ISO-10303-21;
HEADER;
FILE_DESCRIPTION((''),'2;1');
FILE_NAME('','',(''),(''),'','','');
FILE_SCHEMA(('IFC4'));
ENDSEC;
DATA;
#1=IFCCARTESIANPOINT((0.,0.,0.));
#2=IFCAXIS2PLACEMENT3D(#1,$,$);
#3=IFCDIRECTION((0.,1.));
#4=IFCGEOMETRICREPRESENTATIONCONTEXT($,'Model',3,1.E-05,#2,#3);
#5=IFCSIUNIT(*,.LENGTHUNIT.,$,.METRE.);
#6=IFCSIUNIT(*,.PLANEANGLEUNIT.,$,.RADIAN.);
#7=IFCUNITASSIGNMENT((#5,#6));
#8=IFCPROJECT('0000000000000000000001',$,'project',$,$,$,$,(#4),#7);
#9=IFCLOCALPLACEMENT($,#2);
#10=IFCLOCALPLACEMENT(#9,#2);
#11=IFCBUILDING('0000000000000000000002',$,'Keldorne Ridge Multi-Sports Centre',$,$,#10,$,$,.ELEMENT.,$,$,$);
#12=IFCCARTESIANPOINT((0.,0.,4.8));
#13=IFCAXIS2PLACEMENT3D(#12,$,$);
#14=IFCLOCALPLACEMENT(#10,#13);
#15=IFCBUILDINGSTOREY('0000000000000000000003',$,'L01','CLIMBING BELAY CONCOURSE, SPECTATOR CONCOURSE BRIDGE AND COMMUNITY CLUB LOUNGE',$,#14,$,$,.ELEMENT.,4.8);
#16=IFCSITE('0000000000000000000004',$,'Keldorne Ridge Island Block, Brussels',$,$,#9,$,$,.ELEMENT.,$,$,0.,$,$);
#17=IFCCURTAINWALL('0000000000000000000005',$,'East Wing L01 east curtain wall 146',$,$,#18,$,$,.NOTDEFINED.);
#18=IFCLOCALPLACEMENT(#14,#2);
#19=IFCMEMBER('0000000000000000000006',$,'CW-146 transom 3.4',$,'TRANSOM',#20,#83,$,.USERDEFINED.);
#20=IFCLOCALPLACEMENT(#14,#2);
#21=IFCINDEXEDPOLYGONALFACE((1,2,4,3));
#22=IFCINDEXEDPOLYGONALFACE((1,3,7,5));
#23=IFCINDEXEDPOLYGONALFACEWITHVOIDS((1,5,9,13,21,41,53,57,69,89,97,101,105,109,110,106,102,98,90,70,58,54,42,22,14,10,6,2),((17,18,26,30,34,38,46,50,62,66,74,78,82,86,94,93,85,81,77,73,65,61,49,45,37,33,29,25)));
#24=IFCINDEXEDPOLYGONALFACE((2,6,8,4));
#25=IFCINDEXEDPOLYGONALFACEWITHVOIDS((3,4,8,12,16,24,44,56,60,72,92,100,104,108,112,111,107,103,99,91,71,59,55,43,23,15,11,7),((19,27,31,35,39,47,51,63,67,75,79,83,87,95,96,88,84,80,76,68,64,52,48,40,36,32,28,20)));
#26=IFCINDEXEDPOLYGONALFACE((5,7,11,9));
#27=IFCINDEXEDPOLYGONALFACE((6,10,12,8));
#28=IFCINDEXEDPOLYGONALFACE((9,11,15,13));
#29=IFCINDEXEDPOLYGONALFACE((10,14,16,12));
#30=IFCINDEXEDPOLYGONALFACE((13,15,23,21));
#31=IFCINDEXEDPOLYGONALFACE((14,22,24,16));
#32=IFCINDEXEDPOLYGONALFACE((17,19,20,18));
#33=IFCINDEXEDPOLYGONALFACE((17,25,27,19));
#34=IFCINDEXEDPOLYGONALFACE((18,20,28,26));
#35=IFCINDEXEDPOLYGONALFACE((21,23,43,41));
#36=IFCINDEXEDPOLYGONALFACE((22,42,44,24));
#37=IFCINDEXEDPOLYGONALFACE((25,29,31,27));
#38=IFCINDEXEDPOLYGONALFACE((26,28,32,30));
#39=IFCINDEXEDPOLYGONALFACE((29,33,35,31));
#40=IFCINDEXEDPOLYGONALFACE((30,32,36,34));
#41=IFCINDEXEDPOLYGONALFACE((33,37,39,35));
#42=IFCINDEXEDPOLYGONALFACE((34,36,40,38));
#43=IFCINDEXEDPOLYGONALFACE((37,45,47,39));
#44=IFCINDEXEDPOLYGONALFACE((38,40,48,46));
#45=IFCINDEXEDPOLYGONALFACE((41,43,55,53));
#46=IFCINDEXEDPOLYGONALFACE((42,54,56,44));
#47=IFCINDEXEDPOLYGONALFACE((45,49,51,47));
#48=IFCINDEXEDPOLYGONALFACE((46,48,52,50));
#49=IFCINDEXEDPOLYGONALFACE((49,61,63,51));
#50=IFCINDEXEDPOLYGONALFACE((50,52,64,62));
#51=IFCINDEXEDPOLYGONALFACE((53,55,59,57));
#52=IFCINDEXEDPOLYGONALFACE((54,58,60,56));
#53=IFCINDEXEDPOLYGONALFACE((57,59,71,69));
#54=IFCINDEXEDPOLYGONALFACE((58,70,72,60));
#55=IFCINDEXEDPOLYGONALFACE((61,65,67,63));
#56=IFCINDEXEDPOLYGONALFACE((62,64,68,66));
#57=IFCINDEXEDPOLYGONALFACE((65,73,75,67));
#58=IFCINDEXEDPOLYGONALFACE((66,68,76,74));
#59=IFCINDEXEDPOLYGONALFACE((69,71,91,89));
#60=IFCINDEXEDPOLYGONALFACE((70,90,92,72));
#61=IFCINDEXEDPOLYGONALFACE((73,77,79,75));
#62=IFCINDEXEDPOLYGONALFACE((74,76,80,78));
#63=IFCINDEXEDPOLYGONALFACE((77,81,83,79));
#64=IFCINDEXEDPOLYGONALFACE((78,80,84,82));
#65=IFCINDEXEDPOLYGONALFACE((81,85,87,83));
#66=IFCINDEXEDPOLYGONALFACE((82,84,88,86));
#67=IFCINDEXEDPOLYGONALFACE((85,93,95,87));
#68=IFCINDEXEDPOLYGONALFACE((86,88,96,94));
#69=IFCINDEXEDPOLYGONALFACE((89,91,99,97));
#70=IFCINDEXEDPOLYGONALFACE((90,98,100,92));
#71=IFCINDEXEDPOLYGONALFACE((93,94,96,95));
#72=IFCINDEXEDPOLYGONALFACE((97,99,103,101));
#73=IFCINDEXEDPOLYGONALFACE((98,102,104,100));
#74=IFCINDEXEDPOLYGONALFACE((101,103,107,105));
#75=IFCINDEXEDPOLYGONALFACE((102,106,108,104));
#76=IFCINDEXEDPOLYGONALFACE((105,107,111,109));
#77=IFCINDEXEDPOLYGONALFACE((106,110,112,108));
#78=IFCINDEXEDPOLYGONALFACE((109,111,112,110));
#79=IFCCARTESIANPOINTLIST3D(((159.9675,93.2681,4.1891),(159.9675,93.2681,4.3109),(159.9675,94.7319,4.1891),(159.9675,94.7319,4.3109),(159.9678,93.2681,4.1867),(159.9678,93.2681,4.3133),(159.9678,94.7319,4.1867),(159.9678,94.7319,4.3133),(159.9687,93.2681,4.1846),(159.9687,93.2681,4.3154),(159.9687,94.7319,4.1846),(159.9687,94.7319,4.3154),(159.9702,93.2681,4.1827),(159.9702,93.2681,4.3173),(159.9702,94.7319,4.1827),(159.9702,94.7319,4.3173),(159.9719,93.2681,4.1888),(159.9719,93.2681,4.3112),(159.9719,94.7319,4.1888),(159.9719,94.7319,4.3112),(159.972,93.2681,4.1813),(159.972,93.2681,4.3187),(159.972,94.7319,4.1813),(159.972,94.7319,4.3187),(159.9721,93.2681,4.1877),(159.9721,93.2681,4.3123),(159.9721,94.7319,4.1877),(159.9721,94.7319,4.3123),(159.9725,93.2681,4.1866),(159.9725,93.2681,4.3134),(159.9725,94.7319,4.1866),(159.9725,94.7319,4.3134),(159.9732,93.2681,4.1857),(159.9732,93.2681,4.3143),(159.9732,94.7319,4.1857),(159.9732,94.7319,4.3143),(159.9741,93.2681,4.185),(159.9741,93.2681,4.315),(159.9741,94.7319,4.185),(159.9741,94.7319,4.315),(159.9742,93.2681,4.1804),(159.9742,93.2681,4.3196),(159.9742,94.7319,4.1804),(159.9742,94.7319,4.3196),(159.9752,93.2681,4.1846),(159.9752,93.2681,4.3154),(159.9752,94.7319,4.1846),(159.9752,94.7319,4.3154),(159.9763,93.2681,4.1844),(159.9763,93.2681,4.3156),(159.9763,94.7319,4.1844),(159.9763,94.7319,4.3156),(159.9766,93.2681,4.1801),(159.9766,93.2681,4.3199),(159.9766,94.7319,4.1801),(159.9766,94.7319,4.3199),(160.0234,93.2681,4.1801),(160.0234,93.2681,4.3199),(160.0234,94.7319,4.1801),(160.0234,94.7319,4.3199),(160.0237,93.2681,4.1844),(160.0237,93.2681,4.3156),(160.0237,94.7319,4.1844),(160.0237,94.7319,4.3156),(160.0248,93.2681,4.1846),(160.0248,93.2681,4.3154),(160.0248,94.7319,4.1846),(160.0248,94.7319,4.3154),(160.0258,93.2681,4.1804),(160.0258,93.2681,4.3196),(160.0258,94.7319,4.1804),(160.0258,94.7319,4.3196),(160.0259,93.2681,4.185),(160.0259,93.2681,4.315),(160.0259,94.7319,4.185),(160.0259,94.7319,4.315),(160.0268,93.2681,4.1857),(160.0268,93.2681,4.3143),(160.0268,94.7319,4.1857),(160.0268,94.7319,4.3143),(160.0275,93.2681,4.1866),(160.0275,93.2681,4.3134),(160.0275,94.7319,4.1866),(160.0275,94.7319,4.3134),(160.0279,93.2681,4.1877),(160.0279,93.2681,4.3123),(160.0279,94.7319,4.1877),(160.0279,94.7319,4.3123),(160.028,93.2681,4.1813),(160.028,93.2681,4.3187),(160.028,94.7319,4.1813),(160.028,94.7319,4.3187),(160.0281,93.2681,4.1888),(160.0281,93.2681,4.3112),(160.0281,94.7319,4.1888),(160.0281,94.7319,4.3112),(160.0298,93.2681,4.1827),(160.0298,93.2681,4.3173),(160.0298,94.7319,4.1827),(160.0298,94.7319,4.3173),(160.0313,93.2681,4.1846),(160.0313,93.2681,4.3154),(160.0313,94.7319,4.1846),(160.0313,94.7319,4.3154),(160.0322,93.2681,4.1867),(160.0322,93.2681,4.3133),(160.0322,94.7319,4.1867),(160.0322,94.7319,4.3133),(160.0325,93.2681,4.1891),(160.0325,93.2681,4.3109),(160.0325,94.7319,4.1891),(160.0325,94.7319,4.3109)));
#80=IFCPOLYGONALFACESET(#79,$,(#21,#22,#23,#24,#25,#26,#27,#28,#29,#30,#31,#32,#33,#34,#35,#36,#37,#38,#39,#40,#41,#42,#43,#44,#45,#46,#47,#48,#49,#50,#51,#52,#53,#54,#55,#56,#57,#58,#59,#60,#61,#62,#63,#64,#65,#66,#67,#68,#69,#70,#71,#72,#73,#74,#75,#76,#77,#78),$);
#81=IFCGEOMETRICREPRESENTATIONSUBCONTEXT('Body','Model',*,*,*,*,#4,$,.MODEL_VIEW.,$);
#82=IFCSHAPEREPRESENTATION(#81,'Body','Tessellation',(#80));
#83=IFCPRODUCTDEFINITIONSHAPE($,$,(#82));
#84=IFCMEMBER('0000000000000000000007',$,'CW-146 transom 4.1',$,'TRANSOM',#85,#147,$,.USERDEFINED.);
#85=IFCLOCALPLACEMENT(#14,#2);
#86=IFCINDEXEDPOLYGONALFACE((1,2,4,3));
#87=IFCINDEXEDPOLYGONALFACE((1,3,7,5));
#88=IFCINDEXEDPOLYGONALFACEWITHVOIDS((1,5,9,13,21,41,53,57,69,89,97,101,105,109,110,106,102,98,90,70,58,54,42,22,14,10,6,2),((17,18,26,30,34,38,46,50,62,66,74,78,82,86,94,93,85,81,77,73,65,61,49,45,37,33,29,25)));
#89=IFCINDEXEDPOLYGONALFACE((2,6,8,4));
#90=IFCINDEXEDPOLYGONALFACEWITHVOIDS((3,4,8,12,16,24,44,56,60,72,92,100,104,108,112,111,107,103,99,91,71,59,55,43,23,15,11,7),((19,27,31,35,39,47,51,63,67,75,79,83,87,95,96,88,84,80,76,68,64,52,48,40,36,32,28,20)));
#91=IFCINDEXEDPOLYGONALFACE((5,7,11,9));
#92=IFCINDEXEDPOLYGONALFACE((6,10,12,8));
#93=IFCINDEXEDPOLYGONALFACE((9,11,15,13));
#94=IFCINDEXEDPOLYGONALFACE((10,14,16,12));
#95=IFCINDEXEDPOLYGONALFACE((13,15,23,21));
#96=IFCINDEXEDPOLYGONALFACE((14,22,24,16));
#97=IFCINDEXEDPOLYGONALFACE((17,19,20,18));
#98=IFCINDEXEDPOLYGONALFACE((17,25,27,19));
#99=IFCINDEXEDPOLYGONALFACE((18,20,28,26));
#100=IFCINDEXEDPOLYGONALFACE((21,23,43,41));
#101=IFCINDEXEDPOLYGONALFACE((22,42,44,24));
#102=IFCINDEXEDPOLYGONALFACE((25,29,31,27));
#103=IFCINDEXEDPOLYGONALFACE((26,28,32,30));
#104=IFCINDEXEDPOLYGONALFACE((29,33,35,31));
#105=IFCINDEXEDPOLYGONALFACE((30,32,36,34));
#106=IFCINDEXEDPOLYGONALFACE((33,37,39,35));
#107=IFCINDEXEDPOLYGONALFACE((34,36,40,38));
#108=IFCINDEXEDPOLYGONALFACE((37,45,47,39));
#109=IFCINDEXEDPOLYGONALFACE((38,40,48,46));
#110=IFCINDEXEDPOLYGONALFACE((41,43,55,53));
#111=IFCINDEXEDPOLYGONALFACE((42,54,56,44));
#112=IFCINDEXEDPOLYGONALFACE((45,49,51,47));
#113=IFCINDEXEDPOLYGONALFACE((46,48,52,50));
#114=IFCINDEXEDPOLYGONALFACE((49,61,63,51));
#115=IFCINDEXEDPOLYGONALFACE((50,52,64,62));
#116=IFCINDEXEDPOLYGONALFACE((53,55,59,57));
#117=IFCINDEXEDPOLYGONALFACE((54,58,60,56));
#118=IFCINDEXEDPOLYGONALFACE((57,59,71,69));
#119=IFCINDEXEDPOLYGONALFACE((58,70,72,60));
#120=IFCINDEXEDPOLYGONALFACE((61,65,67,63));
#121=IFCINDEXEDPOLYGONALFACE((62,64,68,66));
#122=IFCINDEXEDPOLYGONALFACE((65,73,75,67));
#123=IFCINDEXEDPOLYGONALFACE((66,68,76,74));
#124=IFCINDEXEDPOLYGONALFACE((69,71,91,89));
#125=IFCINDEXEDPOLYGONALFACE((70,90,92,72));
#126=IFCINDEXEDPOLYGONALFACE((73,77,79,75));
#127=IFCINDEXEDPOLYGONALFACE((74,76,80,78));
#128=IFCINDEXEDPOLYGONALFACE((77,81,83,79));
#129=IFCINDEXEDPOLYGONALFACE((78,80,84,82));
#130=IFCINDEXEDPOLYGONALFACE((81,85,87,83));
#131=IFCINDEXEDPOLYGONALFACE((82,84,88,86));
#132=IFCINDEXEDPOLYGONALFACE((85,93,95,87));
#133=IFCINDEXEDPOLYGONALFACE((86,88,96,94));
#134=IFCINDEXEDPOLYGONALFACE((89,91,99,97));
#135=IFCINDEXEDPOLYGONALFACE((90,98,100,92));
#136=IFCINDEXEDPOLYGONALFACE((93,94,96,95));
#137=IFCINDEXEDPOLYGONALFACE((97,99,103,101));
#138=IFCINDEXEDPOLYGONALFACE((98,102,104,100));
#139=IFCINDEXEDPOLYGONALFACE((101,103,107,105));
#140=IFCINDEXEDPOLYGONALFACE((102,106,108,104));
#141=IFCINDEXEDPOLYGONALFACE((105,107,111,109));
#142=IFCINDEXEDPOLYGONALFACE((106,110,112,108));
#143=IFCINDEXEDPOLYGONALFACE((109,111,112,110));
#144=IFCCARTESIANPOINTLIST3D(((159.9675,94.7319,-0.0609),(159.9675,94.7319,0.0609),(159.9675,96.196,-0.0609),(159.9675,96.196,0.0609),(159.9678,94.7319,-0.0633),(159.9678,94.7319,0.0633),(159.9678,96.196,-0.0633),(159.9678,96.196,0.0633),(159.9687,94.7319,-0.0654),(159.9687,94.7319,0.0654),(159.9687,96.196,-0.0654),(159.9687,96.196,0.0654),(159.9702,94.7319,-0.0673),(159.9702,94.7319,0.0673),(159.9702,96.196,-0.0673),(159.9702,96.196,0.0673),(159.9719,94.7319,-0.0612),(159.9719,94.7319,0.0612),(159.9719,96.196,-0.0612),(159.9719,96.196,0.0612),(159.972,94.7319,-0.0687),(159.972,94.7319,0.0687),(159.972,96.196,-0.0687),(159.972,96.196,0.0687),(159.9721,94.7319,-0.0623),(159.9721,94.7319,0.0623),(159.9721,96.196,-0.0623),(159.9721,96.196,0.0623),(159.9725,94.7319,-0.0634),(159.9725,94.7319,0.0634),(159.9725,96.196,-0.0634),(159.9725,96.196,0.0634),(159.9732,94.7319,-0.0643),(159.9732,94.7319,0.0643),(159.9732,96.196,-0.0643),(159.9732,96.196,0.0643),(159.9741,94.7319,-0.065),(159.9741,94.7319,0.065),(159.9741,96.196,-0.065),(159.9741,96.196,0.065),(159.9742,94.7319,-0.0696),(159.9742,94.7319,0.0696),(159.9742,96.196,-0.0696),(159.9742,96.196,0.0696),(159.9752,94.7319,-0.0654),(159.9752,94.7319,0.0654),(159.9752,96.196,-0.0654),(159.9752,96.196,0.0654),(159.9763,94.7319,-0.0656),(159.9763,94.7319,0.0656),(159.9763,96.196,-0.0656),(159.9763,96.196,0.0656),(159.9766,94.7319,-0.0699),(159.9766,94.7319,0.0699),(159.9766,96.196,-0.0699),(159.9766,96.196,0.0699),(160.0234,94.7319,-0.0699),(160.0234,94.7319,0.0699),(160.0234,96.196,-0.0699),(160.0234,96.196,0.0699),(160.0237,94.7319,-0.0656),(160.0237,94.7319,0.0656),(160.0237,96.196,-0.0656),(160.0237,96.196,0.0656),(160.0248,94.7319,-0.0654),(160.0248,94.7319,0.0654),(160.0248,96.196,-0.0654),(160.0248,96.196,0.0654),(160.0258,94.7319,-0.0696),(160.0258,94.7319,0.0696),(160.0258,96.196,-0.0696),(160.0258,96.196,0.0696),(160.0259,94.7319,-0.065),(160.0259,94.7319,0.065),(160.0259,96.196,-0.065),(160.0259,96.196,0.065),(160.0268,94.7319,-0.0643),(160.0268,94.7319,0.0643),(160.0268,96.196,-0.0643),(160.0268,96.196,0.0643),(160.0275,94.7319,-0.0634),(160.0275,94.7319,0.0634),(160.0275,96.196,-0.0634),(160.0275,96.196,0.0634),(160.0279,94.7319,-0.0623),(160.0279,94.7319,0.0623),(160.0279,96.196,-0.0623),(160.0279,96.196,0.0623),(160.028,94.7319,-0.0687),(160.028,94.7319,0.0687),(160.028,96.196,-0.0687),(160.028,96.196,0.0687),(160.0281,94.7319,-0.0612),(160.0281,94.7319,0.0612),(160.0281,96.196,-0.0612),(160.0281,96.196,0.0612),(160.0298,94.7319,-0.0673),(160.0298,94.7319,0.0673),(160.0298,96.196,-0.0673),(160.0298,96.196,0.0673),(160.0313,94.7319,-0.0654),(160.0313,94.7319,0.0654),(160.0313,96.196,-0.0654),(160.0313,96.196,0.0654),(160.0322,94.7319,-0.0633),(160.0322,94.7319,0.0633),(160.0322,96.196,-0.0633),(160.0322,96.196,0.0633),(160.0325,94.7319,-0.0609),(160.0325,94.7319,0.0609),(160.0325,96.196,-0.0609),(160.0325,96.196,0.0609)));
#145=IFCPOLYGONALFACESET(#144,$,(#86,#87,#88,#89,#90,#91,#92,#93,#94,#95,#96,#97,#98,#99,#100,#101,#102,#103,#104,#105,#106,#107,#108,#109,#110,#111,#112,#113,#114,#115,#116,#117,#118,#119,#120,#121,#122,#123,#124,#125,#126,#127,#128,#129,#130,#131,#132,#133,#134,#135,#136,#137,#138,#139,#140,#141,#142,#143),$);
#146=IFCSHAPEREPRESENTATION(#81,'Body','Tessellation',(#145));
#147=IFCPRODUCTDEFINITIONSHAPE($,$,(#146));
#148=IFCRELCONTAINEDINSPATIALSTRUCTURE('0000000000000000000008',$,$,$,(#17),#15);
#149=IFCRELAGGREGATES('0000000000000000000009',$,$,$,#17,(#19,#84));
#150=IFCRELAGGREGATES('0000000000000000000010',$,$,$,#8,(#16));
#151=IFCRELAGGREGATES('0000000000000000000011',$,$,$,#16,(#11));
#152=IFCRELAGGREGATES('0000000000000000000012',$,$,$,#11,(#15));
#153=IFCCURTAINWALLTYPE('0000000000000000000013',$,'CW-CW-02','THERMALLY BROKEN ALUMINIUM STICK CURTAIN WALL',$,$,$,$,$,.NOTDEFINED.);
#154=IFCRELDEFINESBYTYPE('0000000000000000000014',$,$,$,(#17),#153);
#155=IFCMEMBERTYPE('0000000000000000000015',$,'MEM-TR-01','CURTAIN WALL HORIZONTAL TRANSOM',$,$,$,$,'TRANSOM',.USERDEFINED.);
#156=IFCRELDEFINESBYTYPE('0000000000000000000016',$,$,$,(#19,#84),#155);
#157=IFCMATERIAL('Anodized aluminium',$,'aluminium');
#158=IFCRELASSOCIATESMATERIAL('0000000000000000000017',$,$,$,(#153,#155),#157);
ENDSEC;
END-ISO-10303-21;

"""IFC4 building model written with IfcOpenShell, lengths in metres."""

from ifc_helpers import new_model, si_unit, direction, frame, origin, origin_2d, place, context, subcontext, project, spatial, hollow_rectangle, extrude, material, material_profile, profile_set, type_object, element, aggregate, save


model = new_model("IFC4")

# Units and contexts
model_context = context("Model", 3, precision=1e-05, world=origin(), true_north=direction((0.0, 1.0)))
body_context = subcontext(model_context, "Body", "Model", "MODEL_VIEW")
ifc_project = project(units=[si_unit("LENGTHUNIT", "METRE"), si_unit("PLANEANGLEUNIT", "RADIAN")], contexts=[model_context])

# Site, building, storey
site_placement = place(None, origin())
site = spatial("IfcSite", under=ifc_project, at=site_placement, Name="Keldorne Ridge Island Block, Brussels", CompositionType="ELEMENT", RefElevation=0.0)
building_placement = place(site_placement, origin())
building = spatial("IfcBuilding", under=site, at=building_placement, Name="Keldorne Ridge Multi-Sports Centre", CompositionType="ELEMENT")
storey_placement = place(building_placement, frame((0.0, 0.0, 4.8)))
storey = spatial("IfcBuildingStorey", under=building, at=storey_placement, Name="L01", Description="CLIMBING BELAY CONCOURSE, SPECTATOR CONCOURSE BRIDGE AND COMMUNITY CLUB LOUNGE", CompositionType="ELEMENT", Elevation=4.8)

# Curtain wall, members
ifc_material_1 = material(Name="Anodized aluminium", Category="aluminium")
curtain_wall_type = type_object("IfcCurtainWallType", Name="CW-CW-02", Description="THERMALLY BROKEN ALUMINIUM STICK CURTAIN WALL", PredefinedType="NOTDEFINED", material=ifc_material_1)
curtain_wall_placement = place(storey_placement, origin())
curtain_wall = element("IfcCurtainWall", 1, at=curtain_wall_placement, inside=storey, type_object=curtain_wall_type, Name="East Wing L01 east curtain wall 146", PredefinedType="NOTDEFINED")
ifc_material_profile_1 = material_profile(ifc_material_1, hollow_rectangle(XDim=0.0649, YDim=0.1399, WallThickness=0.0044, InnerFilletRadius=0.0044, OuterFilletRadius=0.009, at=origin_2d()), Name="ALU TRANSOM 140x65x4.5")
ifc_profile_set_1 = profile_set([ifc_material_profile_1], Name="Anodized aluminium")
member_type_1 = type_object("IfcMemberType", Name="MEM-TR-01", Description="CURTAIN WALL HORIZONTAL TRANSOM", ElementType="TRANSOM", PredefinedType="USERDEFINED", material=ifc_profile_set_1)
member_1_placement = place(storey_placement, frame((160.0, 93.2681, 4.25), z_axis=(0.0, 1.0, 0.0), x_axis=(-1.0, 0.0, 0.0)))
member_1 = element("IfcMember", 2, at=member_1_placement, type_object=member_type_1, Name="CW-146 transom 3.4", ObjectType="TRANSOM", PredefinedType="USERDEFINED", context=body_context, shape_type="SweptSolid", body=[
    extrude(hollow_rectangle(XDim=0.0649, YDim=0.1399, WallThickness=0.0044, InnerFilletRadius=0.0044, OuterFilletRadius=0.009, at=origin_2d()), origin(), (0.0, 0.0, 1.0), 1.4639),
])
member_2_placement = place(storey_placement, frame((160.0, 94.7319, 0.0), z_axis=(0.0, 1.0, 0.0), x_axis=(-1.0, 0.0, 0.0)))
member_2 = element("IfcMember", 3, at=member_2_placement, type_object=member_type_1, Name="CW-146 transom 4.1", ObjectType="TRANSOM", PredefinedType="USERDEFINED", context=body_context, shape_type="SweptSolid", body=[
    extrude(hollow_rectangle(XDim=0.0649, YDim=0.1399, WallThickness=0.0044, InnerFilletRadius=0.0044, OuterFilletRadius=0.009, at=origin_2d()), origin(), (0.0, 0.0, 1.0), 1.4641),
])
aggregate(curtain_wall, [member_1, member_2])

save(model, "model.ifc")
